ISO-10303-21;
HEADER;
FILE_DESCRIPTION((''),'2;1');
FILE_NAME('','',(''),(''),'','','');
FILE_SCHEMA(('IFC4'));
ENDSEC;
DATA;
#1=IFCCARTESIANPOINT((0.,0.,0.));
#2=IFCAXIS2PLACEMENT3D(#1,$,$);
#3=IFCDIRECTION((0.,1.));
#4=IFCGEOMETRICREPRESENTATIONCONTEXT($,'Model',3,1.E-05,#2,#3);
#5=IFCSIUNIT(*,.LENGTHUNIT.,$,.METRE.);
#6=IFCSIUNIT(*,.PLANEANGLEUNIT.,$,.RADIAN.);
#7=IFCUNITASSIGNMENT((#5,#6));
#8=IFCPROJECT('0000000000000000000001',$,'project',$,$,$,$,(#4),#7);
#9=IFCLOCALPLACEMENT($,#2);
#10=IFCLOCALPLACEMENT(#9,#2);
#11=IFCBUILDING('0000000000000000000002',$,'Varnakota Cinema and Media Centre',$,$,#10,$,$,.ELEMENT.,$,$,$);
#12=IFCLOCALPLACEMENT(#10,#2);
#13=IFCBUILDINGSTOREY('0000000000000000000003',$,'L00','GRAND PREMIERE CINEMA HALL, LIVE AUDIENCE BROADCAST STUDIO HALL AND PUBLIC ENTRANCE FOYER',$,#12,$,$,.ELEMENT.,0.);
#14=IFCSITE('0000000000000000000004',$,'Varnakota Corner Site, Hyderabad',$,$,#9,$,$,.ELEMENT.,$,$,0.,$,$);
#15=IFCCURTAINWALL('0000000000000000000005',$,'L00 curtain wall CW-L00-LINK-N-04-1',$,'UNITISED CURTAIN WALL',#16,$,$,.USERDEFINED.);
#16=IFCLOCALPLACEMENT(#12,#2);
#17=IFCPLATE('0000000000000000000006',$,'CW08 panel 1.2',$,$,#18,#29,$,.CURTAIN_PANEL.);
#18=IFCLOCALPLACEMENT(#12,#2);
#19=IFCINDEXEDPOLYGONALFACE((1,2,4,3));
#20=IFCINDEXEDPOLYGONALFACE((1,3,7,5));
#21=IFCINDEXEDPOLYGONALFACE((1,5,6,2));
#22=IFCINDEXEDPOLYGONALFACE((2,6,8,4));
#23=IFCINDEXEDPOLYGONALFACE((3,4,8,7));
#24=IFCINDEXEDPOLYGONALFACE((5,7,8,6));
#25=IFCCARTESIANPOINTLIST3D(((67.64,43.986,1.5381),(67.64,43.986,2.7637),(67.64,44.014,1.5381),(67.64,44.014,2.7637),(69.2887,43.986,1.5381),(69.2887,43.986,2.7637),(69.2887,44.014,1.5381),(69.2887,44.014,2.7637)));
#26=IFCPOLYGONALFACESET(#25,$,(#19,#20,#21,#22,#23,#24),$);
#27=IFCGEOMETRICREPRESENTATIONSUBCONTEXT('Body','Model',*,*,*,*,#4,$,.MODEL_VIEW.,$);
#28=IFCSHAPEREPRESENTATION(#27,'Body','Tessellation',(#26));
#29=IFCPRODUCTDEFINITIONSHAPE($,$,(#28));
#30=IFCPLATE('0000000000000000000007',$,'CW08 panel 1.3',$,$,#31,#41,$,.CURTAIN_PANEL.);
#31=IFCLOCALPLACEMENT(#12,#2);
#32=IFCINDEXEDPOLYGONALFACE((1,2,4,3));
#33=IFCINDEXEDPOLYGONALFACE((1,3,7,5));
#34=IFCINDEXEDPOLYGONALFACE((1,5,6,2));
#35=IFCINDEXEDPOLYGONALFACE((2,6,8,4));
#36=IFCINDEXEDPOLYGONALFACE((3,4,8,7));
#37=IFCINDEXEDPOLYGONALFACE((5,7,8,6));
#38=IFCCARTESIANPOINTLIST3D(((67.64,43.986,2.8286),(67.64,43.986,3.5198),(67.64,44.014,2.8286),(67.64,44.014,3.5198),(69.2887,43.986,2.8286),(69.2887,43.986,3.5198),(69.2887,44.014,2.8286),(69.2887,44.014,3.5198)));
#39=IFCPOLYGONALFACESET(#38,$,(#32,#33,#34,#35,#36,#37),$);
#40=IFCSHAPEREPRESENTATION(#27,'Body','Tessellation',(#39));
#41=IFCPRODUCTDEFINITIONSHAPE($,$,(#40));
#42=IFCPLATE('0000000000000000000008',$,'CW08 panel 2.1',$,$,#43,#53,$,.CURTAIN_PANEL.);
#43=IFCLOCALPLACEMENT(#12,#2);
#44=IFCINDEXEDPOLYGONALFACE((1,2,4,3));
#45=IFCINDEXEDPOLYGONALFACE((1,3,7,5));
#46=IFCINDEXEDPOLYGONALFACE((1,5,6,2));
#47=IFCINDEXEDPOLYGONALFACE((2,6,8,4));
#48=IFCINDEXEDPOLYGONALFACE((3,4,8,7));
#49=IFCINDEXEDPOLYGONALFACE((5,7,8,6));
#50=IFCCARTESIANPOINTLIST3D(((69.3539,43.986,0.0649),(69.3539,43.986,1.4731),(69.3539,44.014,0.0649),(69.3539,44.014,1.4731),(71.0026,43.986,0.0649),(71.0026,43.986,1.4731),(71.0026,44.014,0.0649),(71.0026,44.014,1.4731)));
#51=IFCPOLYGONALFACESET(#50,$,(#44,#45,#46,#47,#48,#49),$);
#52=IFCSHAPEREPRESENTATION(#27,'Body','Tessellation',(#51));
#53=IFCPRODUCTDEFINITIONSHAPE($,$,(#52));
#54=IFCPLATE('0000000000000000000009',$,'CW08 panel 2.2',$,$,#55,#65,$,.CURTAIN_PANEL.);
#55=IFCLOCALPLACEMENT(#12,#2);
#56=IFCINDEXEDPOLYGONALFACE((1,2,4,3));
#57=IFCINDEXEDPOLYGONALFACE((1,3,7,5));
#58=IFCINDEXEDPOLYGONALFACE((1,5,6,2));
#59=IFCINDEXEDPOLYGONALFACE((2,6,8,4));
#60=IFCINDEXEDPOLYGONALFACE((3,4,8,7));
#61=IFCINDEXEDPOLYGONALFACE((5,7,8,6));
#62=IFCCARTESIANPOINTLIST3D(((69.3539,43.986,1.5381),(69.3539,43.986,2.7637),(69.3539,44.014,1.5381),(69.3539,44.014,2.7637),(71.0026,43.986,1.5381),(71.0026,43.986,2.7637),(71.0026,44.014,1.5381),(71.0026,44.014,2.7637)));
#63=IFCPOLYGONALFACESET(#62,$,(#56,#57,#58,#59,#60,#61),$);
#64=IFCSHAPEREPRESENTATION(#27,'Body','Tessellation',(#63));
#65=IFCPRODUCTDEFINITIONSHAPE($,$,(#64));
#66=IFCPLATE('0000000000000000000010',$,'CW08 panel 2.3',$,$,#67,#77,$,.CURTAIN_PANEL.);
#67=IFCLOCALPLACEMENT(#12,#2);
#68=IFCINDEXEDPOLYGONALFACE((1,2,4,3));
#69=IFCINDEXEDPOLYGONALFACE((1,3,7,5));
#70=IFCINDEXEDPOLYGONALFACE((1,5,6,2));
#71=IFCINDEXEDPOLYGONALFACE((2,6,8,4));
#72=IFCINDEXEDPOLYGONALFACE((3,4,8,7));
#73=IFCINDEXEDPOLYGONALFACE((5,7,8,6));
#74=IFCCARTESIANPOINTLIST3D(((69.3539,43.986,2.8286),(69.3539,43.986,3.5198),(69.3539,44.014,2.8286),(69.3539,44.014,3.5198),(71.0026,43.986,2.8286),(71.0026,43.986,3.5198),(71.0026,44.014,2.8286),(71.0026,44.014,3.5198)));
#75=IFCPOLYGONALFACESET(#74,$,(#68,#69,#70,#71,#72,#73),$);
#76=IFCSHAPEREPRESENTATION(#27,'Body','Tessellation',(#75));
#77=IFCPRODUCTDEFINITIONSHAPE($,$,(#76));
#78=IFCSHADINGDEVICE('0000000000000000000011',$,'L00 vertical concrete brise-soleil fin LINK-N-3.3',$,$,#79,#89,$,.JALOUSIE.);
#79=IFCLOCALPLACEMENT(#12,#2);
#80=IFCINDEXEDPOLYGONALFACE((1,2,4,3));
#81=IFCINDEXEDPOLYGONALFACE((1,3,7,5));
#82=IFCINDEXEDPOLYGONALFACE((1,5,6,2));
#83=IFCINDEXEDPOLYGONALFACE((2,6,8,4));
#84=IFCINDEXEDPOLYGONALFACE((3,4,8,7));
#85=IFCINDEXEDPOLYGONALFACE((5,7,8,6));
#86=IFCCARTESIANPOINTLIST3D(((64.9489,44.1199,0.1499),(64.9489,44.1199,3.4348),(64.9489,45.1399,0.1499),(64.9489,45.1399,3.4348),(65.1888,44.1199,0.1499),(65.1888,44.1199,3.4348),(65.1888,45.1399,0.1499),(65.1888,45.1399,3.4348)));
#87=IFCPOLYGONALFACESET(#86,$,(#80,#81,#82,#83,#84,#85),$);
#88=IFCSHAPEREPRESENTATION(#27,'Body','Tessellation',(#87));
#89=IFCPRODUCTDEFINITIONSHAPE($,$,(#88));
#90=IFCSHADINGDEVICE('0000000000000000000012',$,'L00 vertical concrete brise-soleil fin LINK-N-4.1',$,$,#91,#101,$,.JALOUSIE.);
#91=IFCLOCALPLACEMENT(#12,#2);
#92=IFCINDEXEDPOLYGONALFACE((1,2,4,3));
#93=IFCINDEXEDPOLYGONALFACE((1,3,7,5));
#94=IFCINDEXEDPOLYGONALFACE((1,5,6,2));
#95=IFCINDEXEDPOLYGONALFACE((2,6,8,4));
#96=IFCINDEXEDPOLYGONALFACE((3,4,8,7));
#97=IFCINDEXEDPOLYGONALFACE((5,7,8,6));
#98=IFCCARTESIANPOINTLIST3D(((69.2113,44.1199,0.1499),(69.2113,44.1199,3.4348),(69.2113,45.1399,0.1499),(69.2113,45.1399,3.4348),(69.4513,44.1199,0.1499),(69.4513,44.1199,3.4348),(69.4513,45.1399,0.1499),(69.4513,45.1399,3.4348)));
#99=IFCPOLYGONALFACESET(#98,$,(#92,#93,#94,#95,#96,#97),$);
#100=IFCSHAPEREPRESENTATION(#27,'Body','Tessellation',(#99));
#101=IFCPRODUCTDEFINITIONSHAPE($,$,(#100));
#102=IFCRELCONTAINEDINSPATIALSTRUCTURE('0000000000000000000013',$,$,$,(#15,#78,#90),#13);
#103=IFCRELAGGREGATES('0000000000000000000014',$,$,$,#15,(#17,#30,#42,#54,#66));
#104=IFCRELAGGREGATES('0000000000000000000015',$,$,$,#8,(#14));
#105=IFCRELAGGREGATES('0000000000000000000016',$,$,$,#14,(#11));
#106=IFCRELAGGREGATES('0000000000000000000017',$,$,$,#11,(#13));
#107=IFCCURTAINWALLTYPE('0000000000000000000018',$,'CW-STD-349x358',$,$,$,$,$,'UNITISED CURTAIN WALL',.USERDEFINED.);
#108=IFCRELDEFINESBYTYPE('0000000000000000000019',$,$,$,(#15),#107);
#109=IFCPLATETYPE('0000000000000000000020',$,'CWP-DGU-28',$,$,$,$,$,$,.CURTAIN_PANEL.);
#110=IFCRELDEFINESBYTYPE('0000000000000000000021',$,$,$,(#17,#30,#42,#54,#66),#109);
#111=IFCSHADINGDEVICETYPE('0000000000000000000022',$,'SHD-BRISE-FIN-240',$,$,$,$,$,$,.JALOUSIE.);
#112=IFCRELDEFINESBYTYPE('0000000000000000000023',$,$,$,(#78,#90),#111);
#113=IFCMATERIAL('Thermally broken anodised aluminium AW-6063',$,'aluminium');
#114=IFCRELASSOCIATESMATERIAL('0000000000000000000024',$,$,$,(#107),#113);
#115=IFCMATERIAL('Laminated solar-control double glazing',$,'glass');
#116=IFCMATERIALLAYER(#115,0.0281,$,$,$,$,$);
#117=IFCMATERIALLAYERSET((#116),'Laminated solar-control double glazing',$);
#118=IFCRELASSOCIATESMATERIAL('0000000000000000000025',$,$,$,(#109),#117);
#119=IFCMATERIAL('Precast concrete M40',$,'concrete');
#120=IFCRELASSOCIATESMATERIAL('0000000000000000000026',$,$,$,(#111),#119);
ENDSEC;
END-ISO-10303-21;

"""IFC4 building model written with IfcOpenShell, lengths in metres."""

from ifc_helpers import new_model, si_unit, direction, frame, origin, origin_2d, place, context, subcontext, project, spatial, rectangle, extrude, material, layer, layer_set, type_object, element, aggregate, save


model = new_model("IFC4")

# Units and contexts
model_context = context("Model", 3, precision=1e-05, world=origin(), true_north=direction((0.0, 1.0)))
body_context = subcontext(model_context, "Body", "Model", "MODEL_VIEW")
ifc_project = project(units=[si_unit("LENGTHUNIT", "METRE"), si_unit("PLANEANGLEUNIT", "RADIAN")], contexts=[model_context])

# Site, building, storey
site_placement = place(None, origin())
site = spatial("IfcSite", under=ifc_project, at=site_placement, Name="Varnakota Corner Site, Hyderabad", CompositionType="ELEMENT", RefElevation=0.0)
building_placement = place(site_placement, origin())
building = spatial("IfcBuilding", under=site, at=building_placement, Name="Varnakota Cinema and Media Centre", CompositionType="ELEMENT")
storey_placement = place(building_placement, origin())
storey = spatial("IfcBuildingStorey", under=building, at=storey_placement, Name="L00", Description="GRAND PREMIERE CINEMA HALL, LIVE AUDIENCE BROADCAST STUDIO HALL AND PUBLIC ENTRANCE FOYER", CompositionType="ELEMENT", Elevation=0.0)

# Curtain wall
ifc_material_1 = material(Name="Thermally broken anodised aluminium AW-6063", Category="aluminium")
curtain_wall_type = type_object("IfcCurtainWallType", Name="CW-STD-349x358", ElementType="UNITISED CURTAIN WALL", PredefinedType="USERDEFINED", material=ifc_material_1)
curtain_wall_1_placement = place(storey_placement, origin())
curtain_wall_1 = element("IfcCurtainWall", 1, at=curtain_wall_1_placement, inside=storey, type_object=curtain_wall_type, Name="L00 curtain wall CW-L00-LINK-N-04-1", ObjectType="UNITISED CURTAIN WALL", PredefinedType="USERDEFINED")

# Plates
ifc_material_2 = material(Name="Laminated solar-control double glazing", Category="glass")
ifc_layer = layer(ifc_material_2, 0.0281)
ifc_layer_set = layer_set([ifc_layer], Name="Laminated solar-control double glazing")
plate_type = type_object("IfcPlateType", Name="CWP-DGU-28", PredefinedType="CURTAIN_PANEL", material=ifc_layer_set)
plate_1_placement = place(storey_placement, frame((68.4644, 44.0, 1.5381), z_axis=(0.0, 0.0, 1.0), x_axis=(1.0, 0.0, 0.0)))
plate_1 = element("IfcPlate", 2, at=plate_1_placement, type_object=plate_type, Name="CW08 panel 1.2", PredefinedType="CURTAIN_PANEL", context=body_context, shape_type="SweptSolid", body=[
    extrude(rectangle(XDim=1.6487, YDim=0.0281, at=origin_2d()), origin(), (0.0, 0.0, 1.0), 1.2256),
])
plate_2_placement = place(storey_placement, frame((68.4644, 44.0, 2.8286), z_axis=(0.0, 0.0, 1.0), x_axis=(1.0, 0.0, 0.0)))
plate_2 = element("IfcPlate", 3, at=plate_2_placement, type_object=plate_type, Name="CW08 panel 1.3", PredefinedType="CURTAIN_PANEL", context=body_context, shape_type="SweptSolid", body=[
    extrude(rectangle(XDim=1.6487, YDim=0.0281, at=origin_2d()), origin(), (0.0, 0.0, 1.0), 0.6912),
])
plate_3_placement = place(storey_placement, frame((70.1782, 44.0, 0.0649), z_axis=(0.0, 0.0, 1.0), x_axis=(1.0, 0.0, 0.0)))
plate_3 = element("IfcPlate", 4, at=plate_3_placement, type_object=plate_type, Name="CW08 panel 2.1", PredefinedType="CURTAIN_PANEL", context=body_context, shape_type="SweptSolid", body=[
    extrude(rectangle(XDim=1.6487, YDim=0.0281, at=origin_2d()), origin(), (0.0, 0.0, 1.0), 1.4082),
])
plate_4_placement = place(storey_placement, frame((70.1782, 44.0, 1.5381), z_axis=(0.0, 0.0, 1.0), x_axis=(1.0, 0.0, 0.0)))
plate_4 = element("IfcPlate", 5, at=plate_4_placement, type_object=plate_type, Name="CW08 panel 2.2", PredefinedType="CURTAIN_PANEL", context=body_context, shape_type="SweptSolid", body=[
    extrude(rectangle(XDim=1.6487, YDim=0.0281, at=origin_2d()), origin(), (0.0, 0.0, 1.0), 1.2256),
])
plate_5_placement = place(storey_placement, frame((70.1782, 44.0, 2.8286), z_axis=(0.0, 0.0, 1.0), x_axis=(1.0, 0.0, 0.0)))
plate_5 = element("IfcPlate", 6, at=plate_5_placement, type_object=plate_type, Name="CW08 panel 2.3", PredefinedType="CURTAIN_PANEL", context=body_context, shape_type="SweptSolid", body=[
    extrude(rectangle(XDim=1.6487, YDim=0.0281, at=origin_2d()), origin(), (0.0, 0.0, 1.0), 0.6912),
])
aggregate(curtain_wall_1, [plate_1, plate_2, plate_3, plate_4, plate_5])

# Shading devices
ifc_material_3 = material(Name="Precast concrete M40", Category="concrete")
shading_device_type = type_object("IfcShadingDeviceType", Name="SHD-BRISE-FIN-240", PredefinedType="JALOUSIE", material=ifc_material_3)
for number, where, z_axis, x_axis, name in (
    (7, (65.0688, 44.6299, 0.1499), (0.0, 0.0, 1.0), (1.0, 0.0, 0.0), "L00 vertical concrete brise-soleil fin LINK-N-3.3"),
    (8, (69.3313, 44.6299, 0.1499), (0.0, 0.0, 1.0), (1.0, 0.0, 0.0), "L00 vertical concrete brise-soleil fin LINK-N-4.1"),
):
    element("IfcShadingDevice", number, at=place(storey_placement, frame(where, z_axis=z_axis, x_axis=x_axis)), inside=storey, type_object=shading_device_type, Name=name, PredefinedType="JALOUSIE", context=body_context, shape_type="SweptSolid", body=[
        extrude(rectangle(XDim=0.24, YDim=1.02, at=origin_2d()), origin(), (0.0, 0.0, 1.0), 3.2849),
    ])

save(model, "model.ifc")
